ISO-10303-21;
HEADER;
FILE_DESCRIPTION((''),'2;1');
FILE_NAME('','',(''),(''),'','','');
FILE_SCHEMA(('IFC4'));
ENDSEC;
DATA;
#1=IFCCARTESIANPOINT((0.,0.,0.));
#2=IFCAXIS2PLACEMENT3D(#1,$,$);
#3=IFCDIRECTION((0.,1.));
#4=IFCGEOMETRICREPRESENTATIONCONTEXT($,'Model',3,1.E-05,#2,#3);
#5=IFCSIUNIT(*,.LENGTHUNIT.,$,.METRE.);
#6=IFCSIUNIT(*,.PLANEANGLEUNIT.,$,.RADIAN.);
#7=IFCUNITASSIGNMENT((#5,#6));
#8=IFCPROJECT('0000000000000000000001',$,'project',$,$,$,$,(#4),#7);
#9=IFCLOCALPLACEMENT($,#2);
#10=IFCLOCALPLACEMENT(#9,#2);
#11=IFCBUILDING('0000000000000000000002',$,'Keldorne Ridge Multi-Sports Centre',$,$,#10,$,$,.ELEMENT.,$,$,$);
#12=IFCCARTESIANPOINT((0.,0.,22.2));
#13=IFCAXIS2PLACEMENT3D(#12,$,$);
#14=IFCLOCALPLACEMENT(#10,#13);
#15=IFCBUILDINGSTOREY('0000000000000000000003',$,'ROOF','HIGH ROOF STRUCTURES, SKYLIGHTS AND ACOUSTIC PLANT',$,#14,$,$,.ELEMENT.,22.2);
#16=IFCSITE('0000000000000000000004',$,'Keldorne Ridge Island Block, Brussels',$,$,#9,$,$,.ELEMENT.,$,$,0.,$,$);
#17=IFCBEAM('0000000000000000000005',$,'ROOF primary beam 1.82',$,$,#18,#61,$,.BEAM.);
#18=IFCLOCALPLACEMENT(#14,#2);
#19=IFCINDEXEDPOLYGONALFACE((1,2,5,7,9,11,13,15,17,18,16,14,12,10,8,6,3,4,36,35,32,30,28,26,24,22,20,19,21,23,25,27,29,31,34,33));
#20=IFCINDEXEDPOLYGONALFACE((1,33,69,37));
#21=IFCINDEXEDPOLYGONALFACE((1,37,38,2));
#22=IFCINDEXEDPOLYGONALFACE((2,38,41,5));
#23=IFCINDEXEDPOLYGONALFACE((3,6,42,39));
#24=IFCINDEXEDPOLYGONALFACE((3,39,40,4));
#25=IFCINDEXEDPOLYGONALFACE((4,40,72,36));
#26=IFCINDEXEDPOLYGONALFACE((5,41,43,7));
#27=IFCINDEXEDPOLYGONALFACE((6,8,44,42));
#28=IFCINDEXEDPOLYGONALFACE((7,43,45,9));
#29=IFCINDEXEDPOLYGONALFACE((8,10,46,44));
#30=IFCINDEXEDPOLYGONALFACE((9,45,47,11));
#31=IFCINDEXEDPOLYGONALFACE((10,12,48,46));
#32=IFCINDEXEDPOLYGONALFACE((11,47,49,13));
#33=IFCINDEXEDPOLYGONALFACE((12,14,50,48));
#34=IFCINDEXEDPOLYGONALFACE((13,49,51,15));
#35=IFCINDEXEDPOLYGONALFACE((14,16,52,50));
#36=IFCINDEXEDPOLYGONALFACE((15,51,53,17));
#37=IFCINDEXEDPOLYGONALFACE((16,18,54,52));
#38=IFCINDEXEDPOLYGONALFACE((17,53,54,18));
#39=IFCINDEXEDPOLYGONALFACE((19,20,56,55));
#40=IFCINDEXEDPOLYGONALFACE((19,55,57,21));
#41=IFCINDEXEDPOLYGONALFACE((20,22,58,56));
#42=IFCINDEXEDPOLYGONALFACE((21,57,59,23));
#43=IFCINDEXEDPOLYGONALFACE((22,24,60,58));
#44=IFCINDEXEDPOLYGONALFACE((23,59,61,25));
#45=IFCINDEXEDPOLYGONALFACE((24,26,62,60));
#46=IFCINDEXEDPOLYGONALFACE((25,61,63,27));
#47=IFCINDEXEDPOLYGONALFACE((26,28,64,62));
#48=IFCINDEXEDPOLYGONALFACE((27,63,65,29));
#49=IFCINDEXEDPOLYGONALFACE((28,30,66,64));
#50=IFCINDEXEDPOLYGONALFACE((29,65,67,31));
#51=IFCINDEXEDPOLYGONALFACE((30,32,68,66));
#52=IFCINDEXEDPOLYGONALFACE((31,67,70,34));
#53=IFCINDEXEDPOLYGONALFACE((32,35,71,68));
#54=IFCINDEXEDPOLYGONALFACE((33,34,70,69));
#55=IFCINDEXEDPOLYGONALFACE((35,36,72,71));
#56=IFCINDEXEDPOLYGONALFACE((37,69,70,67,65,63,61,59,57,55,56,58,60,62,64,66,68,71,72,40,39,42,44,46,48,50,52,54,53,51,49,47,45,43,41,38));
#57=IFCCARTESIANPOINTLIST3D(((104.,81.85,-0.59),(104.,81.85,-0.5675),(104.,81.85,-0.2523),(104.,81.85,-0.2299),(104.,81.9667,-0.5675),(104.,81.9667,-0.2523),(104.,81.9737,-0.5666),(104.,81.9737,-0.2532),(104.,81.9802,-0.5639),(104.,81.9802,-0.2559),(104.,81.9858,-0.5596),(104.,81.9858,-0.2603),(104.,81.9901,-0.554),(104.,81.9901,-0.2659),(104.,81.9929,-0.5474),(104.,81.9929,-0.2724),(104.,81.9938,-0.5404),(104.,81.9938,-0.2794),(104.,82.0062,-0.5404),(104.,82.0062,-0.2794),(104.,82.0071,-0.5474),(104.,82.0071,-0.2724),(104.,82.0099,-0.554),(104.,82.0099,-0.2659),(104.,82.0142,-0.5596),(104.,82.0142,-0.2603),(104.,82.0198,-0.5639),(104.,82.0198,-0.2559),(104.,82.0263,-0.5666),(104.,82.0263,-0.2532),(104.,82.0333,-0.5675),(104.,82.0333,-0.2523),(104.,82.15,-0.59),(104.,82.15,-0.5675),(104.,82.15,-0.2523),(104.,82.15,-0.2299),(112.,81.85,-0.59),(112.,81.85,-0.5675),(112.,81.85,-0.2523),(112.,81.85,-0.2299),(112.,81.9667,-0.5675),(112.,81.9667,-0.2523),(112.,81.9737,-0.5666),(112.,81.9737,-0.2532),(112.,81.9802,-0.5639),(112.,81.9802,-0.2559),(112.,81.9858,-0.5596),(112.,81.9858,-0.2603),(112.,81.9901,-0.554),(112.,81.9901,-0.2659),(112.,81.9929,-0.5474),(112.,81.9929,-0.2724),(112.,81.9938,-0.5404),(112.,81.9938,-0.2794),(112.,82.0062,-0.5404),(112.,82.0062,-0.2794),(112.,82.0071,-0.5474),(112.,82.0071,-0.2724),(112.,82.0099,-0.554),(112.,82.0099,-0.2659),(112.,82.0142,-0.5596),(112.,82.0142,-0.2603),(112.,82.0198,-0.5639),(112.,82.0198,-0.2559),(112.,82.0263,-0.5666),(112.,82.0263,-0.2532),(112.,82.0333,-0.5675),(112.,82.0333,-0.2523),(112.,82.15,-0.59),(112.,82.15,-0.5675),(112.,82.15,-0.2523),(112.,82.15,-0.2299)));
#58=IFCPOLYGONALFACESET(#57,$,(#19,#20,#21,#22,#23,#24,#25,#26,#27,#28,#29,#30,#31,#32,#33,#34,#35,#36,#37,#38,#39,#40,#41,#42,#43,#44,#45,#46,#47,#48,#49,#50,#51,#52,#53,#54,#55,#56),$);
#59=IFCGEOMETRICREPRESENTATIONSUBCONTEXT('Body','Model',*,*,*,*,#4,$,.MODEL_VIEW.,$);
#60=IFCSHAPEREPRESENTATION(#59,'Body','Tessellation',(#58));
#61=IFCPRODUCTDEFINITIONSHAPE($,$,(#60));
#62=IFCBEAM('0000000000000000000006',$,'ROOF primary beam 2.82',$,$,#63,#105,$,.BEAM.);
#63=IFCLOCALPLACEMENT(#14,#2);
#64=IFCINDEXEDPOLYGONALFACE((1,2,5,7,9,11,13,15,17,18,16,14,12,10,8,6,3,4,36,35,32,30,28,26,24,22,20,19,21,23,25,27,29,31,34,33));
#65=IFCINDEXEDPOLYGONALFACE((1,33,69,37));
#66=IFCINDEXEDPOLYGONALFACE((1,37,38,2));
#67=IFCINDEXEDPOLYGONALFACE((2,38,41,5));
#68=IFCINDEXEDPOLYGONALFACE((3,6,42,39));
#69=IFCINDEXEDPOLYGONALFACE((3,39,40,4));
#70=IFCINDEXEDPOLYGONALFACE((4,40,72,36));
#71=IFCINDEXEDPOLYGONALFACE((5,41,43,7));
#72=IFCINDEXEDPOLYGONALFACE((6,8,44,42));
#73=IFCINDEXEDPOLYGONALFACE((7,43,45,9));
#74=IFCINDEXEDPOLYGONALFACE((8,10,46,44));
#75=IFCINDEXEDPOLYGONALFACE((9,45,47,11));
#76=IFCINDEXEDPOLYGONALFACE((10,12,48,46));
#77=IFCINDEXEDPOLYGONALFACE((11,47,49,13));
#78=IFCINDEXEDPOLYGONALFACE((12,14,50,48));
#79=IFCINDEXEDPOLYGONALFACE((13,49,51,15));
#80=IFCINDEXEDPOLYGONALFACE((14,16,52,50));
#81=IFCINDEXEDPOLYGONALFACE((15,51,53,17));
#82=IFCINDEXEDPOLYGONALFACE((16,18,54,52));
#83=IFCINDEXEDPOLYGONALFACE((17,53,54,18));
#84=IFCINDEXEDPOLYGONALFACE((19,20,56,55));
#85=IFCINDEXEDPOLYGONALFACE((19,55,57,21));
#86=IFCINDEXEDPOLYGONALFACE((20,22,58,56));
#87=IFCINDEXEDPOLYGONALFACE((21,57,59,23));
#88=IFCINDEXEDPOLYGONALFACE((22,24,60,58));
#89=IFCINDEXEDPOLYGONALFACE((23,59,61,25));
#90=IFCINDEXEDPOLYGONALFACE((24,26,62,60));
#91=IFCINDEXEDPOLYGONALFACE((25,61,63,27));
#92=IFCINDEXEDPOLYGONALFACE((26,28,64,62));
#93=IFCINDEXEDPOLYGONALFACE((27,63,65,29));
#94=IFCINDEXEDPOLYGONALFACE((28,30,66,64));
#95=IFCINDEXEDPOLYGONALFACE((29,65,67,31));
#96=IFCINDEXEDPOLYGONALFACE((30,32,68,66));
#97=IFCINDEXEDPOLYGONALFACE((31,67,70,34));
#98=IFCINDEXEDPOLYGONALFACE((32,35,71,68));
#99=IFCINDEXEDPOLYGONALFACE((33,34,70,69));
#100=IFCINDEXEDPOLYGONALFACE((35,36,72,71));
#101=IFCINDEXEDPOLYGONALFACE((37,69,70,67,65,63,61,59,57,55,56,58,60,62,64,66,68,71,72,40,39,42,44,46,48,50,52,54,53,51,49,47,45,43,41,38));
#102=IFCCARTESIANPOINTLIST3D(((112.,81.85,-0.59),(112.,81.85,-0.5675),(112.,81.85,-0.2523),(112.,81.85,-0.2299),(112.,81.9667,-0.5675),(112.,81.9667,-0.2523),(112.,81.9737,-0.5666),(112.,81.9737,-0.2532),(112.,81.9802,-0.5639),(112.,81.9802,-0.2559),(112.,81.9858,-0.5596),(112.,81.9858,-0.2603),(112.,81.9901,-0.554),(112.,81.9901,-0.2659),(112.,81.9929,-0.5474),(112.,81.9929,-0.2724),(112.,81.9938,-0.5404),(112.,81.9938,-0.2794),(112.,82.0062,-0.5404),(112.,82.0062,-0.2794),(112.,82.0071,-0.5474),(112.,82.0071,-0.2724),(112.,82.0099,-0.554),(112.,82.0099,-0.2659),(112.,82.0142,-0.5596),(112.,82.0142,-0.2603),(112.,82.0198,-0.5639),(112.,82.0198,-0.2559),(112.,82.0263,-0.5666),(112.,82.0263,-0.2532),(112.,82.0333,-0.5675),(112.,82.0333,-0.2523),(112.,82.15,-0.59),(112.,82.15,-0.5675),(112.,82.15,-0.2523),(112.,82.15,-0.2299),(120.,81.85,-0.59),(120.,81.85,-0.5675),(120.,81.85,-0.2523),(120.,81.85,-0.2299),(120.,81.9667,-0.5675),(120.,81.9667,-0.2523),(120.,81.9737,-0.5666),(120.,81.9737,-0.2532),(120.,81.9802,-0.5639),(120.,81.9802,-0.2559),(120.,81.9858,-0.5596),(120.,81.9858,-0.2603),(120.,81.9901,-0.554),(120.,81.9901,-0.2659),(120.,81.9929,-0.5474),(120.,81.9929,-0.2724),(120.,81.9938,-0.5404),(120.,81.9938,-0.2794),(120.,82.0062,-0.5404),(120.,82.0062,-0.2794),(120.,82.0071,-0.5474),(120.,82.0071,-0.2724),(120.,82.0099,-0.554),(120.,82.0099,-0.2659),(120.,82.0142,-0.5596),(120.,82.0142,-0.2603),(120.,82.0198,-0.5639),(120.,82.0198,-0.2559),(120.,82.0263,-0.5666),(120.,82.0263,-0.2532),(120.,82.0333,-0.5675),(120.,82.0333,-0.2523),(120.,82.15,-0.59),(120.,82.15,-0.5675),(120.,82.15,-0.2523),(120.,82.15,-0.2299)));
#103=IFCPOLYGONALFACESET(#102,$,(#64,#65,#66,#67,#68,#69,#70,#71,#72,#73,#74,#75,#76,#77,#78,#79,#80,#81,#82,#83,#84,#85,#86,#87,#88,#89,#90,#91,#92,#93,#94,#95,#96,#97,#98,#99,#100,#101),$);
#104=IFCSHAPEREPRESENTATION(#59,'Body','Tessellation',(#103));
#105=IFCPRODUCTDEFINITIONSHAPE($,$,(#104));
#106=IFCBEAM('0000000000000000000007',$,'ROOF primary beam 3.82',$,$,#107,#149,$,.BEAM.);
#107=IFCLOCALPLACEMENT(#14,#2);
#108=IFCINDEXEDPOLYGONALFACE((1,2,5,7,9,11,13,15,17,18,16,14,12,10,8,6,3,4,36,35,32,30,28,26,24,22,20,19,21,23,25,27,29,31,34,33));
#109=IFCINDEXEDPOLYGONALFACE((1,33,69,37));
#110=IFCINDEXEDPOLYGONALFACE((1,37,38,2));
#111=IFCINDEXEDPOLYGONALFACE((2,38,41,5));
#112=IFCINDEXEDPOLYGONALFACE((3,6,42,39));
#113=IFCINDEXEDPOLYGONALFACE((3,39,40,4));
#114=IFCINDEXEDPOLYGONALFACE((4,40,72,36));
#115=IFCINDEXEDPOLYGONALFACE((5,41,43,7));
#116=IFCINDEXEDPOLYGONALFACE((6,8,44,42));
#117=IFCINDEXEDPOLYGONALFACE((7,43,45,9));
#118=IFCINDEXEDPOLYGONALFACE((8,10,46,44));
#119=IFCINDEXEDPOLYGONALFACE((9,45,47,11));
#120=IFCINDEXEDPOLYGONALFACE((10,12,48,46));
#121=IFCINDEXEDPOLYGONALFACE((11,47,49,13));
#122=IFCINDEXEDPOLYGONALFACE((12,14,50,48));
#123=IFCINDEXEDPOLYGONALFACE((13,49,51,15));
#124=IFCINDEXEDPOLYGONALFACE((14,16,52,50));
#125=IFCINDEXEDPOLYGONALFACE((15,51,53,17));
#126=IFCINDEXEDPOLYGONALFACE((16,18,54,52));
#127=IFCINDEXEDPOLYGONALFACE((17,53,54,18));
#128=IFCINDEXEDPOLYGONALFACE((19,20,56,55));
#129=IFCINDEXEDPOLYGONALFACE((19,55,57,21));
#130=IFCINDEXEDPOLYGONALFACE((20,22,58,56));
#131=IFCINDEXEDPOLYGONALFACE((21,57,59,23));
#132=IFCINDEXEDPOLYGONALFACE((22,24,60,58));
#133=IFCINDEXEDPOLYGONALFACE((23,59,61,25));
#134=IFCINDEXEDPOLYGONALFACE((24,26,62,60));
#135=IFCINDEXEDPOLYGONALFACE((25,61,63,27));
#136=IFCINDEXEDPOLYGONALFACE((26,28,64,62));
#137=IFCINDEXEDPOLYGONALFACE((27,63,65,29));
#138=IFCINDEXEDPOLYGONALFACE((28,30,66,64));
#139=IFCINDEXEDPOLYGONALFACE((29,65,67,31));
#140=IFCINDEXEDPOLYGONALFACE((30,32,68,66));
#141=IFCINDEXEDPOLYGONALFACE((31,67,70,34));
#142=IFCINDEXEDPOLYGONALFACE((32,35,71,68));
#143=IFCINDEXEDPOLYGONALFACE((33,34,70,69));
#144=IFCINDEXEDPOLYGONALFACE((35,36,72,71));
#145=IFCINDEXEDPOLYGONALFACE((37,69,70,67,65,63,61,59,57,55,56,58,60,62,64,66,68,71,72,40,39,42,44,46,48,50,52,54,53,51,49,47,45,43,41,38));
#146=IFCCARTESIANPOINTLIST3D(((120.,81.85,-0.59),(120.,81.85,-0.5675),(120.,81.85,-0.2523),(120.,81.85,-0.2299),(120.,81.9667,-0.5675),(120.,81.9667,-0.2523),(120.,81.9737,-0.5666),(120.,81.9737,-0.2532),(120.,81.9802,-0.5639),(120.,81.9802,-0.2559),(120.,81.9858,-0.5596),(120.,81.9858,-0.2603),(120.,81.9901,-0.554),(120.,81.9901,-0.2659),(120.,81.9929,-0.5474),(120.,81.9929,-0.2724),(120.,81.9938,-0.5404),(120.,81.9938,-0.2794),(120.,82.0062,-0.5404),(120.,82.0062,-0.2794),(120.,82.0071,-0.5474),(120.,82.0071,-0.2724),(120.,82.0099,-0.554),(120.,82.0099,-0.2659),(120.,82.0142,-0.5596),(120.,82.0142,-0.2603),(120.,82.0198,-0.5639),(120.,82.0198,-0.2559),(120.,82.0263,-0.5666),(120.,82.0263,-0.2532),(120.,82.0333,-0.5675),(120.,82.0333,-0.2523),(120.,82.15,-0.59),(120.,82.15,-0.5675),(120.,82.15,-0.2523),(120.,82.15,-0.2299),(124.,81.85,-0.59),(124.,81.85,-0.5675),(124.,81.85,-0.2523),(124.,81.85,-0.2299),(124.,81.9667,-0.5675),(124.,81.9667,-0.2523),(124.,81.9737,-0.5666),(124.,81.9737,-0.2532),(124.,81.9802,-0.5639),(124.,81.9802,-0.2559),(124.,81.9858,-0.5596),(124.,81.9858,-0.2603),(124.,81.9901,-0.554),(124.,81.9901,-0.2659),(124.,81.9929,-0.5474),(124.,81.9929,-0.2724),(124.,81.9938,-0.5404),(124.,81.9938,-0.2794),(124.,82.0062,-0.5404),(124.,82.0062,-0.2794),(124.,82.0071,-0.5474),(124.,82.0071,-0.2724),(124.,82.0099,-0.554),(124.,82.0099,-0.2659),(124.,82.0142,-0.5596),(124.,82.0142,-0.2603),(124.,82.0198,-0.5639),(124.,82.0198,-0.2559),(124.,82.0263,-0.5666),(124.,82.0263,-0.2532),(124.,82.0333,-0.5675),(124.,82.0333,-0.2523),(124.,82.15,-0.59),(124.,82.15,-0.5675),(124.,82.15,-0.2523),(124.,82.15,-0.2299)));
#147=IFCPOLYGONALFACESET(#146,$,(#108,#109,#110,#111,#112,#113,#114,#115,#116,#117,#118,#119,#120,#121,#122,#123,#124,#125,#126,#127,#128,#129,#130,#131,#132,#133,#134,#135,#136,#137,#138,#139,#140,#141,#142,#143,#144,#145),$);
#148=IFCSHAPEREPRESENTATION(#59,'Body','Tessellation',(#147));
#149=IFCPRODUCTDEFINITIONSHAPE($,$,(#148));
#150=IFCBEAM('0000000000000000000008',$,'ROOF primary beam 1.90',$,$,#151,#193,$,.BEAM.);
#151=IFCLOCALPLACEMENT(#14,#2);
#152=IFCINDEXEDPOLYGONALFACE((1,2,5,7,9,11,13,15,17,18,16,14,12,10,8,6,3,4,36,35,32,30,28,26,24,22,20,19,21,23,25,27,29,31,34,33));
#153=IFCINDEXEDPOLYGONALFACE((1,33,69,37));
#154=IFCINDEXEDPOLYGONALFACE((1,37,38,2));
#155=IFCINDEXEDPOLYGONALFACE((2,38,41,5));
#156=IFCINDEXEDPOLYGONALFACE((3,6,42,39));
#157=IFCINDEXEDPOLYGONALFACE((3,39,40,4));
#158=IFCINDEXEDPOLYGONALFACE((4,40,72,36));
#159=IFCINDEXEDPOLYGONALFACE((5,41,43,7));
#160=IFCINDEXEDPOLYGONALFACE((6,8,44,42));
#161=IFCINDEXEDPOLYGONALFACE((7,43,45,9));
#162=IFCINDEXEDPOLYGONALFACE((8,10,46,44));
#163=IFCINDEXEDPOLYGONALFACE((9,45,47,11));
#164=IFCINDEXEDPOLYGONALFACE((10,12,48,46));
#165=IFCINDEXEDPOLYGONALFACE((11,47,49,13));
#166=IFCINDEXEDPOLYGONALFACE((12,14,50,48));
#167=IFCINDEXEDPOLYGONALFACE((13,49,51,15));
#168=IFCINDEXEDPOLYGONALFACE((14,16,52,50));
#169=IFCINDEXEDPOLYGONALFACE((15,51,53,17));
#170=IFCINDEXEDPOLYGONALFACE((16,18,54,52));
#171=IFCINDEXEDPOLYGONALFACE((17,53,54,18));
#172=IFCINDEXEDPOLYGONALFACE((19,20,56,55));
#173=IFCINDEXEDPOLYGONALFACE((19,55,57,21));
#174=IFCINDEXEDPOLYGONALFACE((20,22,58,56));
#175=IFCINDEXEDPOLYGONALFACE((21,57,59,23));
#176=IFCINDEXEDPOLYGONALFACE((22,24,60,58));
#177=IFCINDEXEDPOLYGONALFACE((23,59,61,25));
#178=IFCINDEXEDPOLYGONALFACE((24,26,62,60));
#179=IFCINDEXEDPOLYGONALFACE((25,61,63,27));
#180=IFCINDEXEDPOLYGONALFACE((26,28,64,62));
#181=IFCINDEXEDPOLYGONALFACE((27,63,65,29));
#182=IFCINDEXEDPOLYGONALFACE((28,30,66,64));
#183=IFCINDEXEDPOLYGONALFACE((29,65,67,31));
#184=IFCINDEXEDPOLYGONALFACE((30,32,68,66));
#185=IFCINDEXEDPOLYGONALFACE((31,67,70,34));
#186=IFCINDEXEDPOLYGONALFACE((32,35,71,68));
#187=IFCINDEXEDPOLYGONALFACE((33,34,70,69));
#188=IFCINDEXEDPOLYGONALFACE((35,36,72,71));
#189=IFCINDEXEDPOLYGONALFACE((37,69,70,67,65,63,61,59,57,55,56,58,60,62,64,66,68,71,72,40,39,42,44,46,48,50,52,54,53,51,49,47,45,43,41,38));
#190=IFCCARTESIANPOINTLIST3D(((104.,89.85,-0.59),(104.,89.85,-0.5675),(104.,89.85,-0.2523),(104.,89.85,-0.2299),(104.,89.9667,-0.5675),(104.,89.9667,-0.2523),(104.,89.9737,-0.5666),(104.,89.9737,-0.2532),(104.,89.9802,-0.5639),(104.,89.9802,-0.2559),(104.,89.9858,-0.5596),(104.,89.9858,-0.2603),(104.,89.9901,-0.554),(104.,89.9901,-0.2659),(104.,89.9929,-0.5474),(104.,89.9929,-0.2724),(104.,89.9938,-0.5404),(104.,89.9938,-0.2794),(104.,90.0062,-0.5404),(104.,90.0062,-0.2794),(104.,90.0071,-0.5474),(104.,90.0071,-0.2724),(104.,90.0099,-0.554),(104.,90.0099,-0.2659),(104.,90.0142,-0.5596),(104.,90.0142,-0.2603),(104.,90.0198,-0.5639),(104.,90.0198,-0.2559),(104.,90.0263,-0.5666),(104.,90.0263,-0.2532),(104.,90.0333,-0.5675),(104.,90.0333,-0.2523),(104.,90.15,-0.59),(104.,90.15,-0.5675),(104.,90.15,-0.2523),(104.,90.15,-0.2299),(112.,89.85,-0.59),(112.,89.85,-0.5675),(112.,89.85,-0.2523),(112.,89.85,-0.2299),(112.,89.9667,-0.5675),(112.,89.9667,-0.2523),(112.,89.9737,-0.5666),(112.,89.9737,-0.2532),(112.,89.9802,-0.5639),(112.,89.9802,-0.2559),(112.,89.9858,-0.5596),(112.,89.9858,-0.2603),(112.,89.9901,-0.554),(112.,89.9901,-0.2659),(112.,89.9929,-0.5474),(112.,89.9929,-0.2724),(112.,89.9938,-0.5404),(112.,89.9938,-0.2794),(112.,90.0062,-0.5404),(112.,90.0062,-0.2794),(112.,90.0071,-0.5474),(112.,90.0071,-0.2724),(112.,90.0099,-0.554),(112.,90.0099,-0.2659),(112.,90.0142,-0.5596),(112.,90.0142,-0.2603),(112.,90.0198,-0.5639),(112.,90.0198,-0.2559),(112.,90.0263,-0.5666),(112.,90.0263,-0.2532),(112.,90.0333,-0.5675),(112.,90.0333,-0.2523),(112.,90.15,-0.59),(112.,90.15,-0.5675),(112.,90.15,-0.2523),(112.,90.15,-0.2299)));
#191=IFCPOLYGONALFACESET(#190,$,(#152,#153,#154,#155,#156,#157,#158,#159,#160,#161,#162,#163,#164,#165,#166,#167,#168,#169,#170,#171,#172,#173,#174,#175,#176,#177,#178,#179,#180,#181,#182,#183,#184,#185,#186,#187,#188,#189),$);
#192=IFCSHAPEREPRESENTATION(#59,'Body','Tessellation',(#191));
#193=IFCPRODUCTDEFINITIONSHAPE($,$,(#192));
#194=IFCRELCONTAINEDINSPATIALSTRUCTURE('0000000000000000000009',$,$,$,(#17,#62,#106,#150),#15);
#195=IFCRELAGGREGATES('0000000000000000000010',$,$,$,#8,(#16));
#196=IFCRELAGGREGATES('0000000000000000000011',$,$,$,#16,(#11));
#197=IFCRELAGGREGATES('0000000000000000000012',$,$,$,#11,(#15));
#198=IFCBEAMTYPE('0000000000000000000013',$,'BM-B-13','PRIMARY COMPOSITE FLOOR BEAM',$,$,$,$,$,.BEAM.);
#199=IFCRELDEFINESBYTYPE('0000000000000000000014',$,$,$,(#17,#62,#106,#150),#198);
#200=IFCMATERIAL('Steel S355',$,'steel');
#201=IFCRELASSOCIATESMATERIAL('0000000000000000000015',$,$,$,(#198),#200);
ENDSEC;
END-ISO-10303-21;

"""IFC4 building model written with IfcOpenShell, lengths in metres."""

from ifc_helpers import new_model, si_unit, direction, frame, origin, origin_2d, place, context, subcontext, project, spatial, i_section, extrude, material, material_profile, profile_set, type_object, element, save


model = new_model("IFC4")

# Units and contexts
model_context = context("Model", 3, precision=1e-05, world=origin(), true_north=direction((0.0, 1.0)))
body_context = subcontext(model_context, "Body", "Model", "MODEL_VIEW")
ifc_project = project(units=[si_unit("LENGTHUNIT", "METRE"), si_unit("PLANEANGLEUNIT", "RADIAN")], contexts=[model_context])

# Site, building, storey
site_placement = place(None, origin())
site = spatial("IfcSite", under=ifc_project, at=site_placement, Name="Keldorne Ridge Island Block, Brussels", CompositionType="ELEMENT", RefElevation=0.0)
building_placement = place(site_placement, origin())
building = spatial("IfcBuilding", under=site, at=building_placement, Name="Keldorne Ridge Multi-Sports Centre", CompositionType="ELEMENT")
storey_placement = place(building_placement, frame((0.0, 0.0, 22.2)))
storey = spatial("IfcBuildingStorey", under=building, at=storey_placement, Name="ROOF", Description="HIGH ROOF STRUCTURES, SKYLIGHTS AND ACOUSTIC PLANT", CompositionType="ELEMENT", Elevation=22.2)

# Beams
ifc_material_1 = material(Name="Steel S355", Category="steel")
ifc_material_profile_1 = material_profile(ifc_material_1, i_section(OverallWidth=0.3, OverallDepth=0.3601, WebThickness=0.0125, FlangeThickness=0.0225, FilletRadius=0.0271, at=origin_2d()), Name="HEB 360")
ifc_profile_set_1 = profile_set([ifc_material_profile_1], Name="Steel S355")
beam_type_1 = type_object("IfcBeamType", Name="BM-B-13", Description="PRIMARY COMPOSITE FLOOR BEAM", PredefinedType="BEAM", material=ifc_profile_set_1)
for number, where, z_axis, x_axis, name in (
    (1, (104.0, 82.0, -0.4099), (1.0, 0.0, 0.0), (0.0, 1.0, 0.0), "ROOF primary beam 1.82"),
    (2, (112.0, 82.0, -0.4099), (1.0, 0.0, 0.0), (0.0, 1.0, 0.0), "ROOF primary beam 2.82"),
):
    element("IfcBeam", number, at=place(storey_placement, frame(where, z_axis=z_axis, x_axis=x_axis)), inside=storey, type_object=beam_type_1, Name=name, PredefinedType="BEAM", context=body_context, shape_type="SweptSolid", body=[
        extrude(i_section(OverallWidth=0.3, OverallDepth=0.3601, WebThickness=0.0125, FlangeThickness=0.0225, FilletRadius=0.0271, at=origin_2d()), origin(), (0.0, 0.0, 1.0), 8.0),
    ])
beam_1_placement = place(storey_placement, frame((120.0, 82.0, -0.4099), z_axis=(1.0, 0.0, 0.0), x_axis=(0.0, 1.0, 0.0)))
element("IfcBeam", 3, at=beam_1_placement, inside=storey, type_object=beam_type_1, Name="ROOF primary beam 3.82", PredefinedType="BEAM", context=body_context, shape_type="SweptSolid", body=[
    extrude(i_section(OverallWidth=0.3, OverallDepth=0.3601, WebThickness=0.0125, FlangeThickness=0.0225, FilletRadius=0.0271, at=origin_2d()), origin(), (0.0, 0.0, 1.0), 4.0),
])
for number, where, z_axis, x_axis, name in (
    (4, (104.0, 90.0, -0.4099), (1.0, 0.0, 0.0), (0.0, 1.0, 0.0), "ROOF primary beam 1.90"),
):
    element("IfcBeam", number, at=place(storey_placement, frame(where, z_axis=z_axis, x_axis=x_axis)), inside=storey, type_object=beam_type_1, Name=name, PredefinedType="BEAM", context=body_context, shape_type="SweptSolid", body=[
        extrude(i_section(OverallWidth=0.3, OverallDepth=0.3601, WebThickness=0.0125, FlangeThickness=0.0225, FilletRadius=0.0271, at=origin_2d()), origin(), (0.0, 0.0, 1.0), 8.0),
    ])

save(model, "model.ifc")
